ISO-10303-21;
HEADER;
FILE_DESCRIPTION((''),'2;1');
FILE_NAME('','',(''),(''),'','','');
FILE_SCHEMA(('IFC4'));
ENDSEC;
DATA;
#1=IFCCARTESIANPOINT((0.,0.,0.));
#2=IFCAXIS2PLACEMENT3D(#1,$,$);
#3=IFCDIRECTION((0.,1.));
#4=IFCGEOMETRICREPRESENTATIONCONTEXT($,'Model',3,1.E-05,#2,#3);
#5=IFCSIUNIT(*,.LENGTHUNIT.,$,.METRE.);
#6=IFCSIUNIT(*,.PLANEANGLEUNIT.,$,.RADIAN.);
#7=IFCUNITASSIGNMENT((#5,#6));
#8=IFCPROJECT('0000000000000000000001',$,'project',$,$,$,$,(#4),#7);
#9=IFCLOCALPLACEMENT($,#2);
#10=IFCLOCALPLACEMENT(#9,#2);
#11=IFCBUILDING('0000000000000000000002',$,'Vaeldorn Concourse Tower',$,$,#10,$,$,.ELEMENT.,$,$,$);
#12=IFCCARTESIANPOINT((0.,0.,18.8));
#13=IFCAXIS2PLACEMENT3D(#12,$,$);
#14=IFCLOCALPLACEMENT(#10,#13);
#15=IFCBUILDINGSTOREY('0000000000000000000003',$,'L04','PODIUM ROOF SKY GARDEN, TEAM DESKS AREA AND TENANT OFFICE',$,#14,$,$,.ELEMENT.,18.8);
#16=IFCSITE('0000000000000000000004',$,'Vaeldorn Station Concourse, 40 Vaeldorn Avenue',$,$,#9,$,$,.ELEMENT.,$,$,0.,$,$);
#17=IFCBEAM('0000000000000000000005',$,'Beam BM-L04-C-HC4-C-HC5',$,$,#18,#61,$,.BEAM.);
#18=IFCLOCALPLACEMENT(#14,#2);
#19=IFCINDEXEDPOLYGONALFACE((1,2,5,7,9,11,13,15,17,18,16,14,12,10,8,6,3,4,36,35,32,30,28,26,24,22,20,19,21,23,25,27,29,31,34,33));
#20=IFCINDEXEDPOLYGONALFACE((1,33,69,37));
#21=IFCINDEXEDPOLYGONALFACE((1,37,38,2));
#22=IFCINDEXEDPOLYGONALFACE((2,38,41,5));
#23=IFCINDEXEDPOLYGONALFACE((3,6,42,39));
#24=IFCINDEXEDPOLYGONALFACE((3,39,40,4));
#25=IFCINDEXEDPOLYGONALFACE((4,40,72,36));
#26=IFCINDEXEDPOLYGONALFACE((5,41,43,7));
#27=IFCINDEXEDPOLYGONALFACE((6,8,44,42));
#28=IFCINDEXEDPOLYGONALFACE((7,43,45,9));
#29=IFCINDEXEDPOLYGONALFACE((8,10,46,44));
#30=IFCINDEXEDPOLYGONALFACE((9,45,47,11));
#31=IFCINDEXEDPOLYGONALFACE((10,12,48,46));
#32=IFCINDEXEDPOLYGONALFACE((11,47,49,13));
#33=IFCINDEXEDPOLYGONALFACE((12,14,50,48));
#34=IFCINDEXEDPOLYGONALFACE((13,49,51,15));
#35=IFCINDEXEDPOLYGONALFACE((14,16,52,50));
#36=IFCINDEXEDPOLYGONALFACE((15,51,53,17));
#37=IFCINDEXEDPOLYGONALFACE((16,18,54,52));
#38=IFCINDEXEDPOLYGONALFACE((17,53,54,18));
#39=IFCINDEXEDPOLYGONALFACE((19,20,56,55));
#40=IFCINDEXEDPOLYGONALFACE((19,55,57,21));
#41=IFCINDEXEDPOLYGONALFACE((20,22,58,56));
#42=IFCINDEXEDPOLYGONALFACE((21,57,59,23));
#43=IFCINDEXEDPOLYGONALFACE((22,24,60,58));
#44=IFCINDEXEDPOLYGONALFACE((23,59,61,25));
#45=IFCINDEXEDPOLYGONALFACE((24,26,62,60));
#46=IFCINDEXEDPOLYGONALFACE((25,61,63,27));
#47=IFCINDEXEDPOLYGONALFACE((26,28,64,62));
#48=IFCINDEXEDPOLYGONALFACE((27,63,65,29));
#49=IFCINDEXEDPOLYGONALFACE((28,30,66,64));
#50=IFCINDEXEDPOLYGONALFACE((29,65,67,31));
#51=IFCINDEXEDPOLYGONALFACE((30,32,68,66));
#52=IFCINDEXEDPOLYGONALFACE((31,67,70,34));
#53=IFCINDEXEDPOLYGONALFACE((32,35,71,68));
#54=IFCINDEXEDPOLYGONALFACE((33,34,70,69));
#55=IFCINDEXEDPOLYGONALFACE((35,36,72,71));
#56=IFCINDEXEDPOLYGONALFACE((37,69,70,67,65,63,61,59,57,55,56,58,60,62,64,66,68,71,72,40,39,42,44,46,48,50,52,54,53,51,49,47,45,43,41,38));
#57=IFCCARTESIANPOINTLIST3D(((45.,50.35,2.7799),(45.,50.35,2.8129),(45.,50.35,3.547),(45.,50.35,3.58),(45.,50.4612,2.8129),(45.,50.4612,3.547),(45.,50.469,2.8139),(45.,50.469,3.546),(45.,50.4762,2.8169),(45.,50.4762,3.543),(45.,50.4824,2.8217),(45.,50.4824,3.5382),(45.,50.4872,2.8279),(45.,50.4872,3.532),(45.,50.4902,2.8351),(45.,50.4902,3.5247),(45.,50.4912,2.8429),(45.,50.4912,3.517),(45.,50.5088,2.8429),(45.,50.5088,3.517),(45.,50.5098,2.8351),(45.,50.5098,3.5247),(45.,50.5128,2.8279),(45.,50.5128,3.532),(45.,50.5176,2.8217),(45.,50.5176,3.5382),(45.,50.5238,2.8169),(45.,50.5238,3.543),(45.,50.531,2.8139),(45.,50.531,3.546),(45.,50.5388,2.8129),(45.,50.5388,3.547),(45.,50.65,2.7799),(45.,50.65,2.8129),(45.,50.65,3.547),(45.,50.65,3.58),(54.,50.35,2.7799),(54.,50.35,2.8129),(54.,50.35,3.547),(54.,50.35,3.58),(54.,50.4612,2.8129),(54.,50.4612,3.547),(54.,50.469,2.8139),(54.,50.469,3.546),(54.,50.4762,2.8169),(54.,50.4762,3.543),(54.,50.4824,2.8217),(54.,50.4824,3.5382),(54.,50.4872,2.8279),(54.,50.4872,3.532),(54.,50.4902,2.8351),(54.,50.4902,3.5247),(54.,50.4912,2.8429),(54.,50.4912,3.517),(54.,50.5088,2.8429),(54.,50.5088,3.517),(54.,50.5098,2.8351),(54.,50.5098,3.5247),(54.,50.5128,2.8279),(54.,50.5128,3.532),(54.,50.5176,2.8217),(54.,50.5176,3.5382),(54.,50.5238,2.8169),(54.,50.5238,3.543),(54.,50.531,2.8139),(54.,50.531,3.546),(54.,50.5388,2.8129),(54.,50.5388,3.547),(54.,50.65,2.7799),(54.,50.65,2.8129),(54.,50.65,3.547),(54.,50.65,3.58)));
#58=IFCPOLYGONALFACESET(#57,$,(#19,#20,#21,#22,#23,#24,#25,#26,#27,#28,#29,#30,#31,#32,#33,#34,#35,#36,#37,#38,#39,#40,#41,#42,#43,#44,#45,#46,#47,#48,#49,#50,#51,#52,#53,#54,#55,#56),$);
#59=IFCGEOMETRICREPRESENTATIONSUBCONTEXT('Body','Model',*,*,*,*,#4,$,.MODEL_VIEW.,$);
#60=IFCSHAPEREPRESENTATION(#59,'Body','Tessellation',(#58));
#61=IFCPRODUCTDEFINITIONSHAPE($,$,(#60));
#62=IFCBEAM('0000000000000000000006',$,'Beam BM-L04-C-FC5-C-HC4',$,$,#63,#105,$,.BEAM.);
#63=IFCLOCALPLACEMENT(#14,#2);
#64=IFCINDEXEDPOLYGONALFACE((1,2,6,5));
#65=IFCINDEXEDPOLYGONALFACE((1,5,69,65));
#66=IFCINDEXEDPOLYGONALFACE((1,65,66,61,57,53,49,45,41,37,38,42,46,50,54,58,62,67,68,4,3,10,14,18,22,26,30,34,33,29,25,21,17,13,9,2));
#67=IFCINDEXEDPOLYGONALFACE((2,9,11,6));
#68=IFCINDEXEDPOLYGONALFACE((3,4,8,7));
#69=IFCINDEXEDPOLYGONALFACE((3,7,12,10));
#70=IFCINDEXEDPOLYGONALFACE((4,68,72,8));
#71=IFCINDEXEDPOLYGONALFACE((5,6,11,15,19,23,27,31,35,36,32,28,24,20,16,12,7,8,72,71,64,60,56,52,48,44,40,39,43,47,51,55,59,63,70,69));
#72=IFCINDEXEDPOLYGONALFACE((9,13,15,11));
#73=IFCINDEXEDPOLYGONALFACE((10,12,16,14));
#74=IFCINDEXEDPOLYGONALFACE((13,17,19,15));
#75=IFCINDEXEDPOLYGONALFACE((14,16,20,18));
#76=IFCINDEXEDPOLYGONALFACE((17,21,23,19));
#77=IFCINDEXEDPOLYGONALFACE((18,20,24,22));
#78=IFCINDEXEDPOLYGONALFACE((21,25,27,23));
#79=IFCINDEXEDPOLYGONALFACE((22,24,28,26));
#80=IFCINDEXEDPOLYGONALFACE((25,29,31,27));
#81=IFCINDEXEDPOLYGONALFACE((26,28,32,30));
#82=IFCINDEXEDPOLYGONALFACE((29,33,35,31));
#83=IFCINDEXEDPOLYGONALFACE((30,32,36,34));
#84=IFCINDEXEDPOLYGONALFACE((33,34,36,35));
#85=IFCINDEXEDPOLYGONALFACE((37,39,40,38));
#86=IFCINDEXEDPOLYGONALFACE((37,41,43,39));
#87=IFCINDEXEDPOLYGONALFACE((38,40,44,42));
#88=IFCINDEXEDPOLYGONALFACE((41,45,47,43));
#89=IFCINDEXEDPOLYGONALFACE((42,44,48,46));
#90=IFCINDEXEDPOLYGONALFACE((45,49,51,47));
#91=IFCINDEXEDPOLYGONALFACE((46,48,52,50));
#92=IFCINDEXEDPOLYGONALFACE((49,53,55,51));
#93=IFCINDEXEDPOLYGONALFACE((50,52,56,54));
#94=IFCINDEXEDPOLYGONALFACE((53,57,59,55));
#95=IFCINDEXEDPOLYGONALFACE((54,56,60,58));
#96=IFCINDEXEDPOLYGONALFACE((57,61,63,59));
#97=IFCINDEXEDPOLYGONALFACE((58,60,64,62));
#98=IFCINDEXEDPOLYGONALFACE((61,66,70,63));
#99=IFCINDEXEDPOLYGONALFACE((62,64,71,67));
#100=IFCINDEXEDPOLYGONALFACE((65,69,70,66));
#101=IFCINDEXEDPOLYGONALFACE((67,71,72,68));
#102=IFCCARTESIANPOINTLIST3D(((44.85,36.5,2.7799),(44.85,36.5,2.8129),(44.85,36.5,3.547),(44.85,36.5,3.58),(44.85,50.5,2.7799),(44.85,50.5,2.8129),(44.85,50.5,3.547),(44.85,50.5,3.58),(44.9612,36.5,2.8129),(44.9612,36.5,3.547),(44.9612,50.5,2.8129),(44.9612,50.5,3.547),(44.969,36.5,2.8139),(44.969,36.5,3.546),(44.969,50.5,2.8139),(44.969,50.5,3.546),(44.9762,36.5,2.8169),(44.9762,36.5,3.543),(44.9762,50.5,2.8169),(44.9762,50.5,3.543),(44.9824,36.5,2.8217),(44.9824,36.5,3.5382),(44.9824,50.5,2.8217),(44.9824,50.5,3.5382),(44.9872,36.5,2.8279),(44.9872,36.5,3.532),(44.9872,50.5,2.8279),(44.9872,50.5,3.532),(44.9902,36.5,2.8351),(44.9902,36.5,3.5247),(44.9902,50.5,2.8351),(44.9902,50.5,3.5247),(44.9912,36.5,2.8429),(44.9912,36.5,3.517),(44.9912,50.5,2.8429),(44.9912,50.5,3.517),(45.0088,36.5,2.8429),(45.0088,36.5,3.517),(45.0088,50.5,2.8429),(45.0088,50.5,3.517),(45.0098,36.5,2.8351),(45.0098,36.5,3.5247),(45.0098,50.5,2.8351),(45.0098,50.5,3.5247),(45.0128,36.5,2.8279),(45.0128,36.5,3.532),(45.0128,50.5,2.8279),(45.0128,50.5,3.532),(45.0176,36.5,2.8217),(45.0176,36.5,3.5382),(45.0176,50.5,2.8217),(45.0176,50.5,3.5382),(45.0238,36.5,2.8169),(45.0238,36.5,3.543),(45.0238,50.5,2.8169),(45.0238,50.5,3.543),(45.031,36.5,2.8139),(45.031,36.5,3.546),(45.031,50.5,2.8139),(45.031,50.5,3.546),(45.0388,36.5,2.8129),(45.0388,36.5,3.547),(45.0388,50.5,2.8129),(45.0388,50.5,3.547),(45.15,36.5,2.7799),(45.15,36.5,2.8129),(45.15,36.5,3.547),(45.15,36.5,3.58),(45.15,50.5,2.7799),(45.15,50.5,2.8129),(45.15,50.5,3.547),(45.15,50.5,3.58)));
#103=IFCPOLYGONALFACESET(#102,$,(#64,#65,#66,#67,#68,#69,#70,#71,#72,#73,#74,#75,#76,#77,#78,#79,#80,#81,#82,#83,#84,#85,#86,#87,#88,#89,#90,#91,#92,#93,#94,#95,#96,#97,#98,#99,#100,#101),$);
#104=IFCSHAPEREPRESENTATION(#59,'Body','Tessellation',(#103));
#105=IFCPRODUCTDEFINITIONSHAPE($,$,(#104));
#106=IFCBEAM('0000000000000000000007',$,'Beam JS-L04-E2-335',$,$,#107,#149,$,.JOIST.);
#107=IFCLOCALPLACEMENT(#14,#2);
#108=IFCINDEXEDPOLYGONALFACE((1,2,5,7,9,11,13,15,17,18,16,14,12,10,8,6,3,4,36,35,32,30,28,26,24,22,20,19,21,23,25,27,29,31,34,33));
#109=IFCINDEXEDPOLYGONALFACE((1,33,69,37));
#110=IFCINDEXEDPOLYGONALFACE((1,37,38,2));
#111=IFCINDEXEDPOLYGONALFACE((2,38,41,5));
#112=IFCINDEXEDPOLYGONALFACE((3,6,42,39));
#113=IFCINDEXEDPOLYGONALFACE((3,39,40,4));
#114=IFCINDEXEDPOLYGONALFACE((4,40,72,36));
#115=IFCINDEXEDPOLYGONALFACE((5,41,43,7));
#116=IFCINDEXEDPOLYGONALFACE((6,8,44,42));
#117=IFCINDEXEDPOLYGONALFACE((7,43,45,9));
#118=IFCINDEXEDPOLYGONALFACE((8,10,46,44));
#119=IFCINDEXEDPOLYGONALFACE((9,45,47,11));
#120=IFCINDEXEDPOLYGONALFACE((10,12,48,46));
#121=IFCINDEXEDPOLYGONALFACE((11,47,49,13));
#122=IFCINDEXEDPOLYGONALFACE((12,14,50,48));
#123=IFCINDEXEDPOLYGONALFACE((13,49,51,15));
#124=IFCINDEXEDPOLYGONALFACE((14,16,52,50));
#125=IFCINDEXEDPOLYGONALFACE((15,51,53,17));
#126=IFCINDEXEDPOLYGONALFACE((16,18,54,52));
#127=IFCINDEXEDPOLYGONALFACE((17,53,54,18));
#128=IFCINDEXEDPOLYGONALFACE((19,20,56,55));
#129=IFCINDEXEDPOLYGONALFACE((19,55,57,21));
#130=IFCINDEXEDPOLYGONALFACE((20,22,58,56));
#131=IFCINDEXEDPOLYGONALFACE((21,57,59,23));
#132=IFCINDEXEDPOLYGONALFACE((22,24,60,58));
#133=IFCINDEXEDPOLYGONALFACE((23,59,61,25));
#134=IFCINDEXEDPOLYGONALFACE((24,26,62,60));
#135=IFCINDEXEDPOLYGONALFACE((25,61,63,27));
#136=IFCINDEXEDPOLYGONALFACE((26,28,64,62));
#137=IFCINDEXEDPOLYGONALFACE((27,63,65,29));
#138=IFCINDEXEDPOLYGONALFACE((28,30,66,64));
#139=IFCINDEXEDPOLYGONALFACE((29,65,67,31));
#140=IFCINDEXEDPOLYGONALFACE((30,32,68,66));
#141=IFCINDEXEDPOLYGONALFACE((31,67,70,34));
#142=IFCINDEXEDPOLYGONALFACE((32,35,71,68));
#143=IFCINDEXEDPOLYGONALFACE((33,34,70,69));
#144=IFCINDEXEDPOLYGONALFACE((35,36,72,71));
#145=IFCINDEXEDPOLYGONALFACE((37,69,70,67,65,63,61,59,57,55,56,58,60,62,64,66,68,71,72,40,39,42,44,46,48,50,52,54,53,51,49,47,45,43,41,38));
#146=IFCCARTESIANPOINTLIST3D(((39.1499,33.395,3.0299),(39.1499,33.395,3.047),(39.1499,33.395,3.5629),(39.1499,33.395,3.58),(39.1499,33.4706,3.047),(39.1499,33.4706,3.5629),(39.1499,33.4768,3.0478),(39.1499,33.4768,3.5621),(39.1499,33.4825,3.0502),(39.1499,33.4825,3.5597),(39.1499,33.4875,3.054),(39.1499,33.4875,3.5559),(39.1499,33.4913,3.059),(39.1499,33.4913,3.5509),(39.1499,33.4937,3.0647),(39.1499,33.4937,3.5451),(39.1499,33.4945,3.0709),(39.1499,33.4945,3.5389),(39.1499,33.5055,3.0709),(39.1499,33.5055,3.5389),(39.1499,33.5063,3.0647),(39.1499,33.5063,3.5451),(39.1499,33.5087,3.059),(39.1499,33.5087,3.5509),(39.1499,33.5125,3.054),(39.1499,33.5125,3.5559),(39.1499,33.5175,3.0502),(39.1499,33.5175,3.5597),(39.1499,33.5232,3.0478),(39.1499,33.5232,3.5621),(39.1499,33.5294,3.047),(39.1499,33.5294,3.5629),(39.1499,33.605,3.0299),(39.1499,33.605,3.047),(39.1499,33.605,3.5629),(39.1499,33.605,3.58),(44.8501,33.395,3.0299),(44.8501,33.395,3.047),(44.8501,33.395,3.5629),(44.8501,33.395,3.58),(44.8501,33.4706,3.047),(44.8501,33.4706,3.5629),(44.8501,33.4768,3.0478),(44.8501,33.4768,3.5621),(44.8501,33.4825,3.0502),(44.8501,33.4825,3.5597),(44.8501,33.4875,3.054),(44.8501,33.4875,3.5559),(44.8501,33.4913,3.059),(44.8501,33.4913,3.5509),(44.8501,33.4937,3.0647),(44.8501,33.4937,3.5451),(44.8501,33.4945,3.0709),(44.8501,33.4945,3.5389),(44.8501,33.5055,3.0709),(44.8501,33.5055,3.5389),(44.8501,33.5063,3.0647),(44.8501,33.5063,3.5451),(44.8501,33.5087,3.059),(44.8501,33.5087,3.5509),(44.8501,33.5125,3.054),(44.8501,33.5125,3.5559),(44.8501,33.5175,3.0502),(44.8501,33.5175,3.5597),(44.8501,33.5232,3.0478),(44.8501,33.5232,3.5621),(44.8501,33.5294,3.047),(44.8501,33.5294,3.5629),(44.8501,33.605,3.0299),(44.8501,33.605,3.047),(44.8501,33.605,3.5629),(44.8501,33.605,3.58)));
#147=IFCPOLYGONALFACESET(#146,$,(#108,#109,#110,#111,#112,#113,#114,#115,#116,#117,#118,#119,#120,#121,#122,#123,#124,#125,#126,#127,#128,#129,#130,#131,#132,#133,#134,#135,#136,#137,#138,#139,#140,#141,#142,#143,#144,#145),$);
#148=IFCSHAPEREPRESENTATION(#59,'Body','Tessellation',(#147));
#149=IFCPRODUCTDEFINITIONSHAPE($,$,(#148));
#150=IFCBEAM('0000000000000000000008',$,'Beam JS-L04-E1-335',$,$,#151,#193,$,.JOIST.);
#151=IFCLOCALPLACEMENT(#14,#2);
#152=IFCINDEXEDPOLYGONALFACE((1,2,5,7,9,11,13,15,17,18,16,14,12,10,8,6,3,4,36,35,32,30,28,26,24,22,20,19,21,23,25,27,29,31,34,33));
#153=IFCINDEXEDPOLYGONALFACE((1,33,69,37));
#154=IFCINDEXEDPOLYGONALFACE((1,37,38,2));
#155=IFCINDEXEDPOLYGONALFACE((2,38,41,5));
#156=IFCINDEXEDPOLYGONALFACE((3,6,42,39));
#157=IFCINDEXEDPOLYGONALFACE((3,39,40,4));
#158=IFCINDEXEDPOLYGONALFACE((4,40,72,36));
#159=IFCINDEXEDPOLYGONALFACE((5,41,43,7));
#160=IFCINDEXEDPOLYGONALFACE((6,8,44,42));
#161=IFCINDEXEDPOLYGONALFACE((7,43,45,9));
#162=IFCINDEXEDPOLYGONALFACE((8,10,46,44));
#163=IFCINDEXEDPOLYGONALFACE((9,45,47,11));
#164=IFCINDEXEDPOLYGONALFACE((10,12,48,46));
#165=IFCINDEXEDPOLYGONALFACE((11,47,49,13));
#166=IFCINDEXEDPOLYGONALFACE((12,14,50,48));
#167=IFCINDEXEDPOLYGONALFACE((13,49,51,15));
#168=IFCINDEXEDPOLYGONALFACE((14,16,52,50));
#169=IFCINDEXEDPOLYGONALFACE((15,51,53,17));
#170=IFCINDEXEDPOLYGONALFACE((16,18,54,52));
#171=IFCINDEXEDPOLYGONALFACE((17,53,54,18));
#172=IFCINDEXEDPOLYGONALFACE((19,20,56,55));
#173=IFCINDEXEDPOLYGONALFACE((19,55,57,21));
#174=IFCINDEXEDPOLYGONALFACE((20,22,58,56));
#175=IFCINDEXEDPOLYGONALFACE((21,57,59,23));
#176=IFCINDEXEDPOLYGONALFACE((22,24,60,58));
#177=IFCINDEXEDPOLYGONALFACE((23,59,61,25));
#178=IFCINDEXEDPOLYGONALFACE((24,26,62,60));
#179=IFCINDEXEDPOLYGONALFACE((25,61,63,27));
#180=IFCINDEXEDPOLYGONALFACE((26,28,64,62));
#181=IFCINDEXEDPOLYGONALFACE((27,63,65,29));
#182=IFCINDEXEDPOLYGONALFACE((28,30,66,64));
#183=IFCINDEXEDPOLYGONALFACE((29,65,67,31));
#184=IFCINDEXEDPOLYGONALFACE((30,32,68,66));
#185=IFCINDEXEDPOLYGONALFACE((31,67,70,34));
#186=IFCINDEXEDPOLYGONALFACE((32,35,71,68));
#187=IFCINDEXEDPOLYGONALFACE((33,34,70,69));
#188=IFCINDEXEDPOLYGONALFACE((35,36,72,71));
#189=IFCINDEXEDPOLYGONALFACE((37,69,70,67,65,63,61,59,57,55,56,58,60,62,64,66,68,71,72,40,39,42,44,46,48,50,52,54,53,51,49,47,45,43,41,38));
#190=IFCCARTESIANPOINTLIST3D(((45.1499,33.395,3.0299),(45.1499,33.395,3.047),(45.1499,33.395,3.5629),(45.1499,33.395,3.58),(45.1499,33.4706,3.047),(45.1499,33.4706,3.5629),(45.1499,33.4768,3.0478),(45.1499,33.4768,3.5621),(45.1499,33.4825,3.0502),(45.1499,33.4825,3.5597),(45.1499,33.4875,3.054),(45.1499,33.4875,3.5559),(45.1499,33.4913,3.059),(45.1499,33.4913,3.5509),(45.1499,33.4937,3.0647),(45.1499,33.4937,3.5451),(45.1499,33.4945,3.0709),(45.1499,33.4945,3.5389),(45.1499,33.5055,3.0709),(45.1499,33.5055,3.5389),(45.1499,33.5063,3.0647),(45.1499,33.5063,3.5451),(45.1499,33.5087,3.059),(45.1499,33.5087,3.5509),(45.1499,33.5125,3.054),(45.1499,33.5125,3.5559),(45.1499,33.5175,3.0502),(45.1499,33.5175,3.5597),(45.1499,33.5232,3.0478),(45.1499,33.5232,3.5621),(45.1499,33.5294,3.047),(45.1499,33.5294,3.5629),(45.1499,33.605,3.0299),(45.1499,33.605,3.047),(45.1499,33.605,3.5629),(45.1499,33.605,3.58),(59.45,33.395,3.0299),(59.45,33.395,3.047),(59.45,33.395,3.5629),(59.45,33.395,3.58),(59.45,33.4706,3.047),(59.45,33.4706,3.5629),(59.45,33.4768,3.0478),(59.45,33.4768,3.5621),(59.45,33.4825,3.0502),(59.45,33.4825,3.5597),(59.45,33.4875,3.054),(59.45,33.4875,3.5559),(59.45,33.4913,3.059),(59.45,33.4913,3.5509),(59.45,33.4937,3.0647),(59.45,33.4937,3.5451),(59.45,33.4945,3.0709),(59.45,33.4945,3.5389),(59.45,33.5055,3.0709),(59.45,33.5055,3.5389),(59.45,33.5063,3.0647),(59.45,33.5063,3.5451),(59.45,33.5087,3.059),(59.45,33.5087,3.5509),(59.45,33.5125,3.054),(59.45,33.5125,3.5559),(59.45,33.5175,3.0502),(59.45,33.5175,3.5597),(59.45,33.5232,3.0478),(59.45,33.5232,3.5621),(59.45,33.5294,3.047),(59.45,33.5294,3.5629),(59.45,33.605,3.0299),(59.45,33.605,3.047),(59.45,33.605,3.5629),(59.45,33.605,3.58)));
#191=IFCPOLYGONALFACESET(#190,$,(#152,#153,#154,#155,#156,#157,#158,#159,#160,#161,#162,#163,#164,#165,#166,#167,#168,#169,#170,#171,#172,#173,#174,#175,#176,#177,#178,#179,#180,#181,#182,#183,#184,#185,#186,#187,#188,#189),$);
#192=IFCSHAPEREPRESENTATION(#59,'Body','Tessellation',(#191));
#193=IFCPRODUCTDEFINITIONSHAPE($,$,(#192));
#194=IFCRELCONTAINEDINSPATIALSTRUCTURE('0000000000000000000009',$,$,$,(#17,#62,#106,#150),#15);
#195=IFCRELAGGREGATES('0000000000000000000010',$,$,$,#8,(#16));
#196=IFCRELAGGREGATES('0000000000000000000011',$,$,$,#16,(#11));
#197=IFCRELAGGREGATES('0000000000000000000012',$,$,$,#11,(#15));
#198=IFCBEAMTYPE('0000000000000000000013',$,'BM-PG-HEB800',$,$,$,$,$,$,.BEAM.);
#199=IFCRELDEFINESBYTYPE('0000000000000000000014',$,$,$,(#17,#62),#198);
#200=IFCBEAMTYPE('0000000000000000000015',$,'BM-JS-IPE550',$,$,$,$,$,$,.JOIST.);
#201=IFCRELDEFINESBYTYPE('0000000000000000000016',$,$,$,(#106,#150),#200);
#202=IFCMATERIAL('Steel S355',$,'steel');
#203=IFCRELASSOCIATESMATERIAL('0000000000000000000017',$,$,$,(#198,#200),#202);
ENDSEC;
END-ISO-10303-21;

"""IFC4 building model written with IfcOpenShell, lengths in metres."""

from ifc_helpers import new_model, si_unit, direction, frame, origin, origin_2d, place, context, subcontext, project, spatial, i_section, extrude, source, transform, mapped, material, material_profile, profile_set, type_object, element, save


model = new_model("IFC4")

# Units and contexts
model_context = context("Model", 3, precision=1e-05, world=origin(), true_north=direction((0.0, 1.0)))
body_context = subcontext(model_context, "Body", "Model", "MODEL_VIEW")
ifc_project = project(units=[si_unit("LENGTHUNIT", "METRE"), si_unit("PLANEANGLEUNIT", "RADIAN")], contexts=[model_context])

# Site, building, storey
site_placement = place(None, origin())
site = spatial("IfcSite", under=ifc_project, at=site_placement, Name="Vaeldorn Station Concourse, 40 Vaeldorn Avenue", CompositionType="ELEMENT", RefElevation=0.0)
building_placement = place(site_placement, origin())
building = spatial("IfcBuilding", under=site, at=building_placement, Name="Vaeldorn Concourse Tower", CompositionType="ELEMENT")
storey_placement = place(building_placement, frame((0.0, 0.0, 18.8)))
storey = spatial("IfcBuildingStorey", under=building, at=storey_placement, Name="L04", Description="PODIUM ROOF SKY GARDEN, TEAM DESKS AREA AND TENANT OFFICE", CompositionType="ELEMENT", Elevation=18.8)

# Beams
ifc_material_1 = material(Name="Steel S355", Category="steel")
ifc_material_profile_1 = material_profile(ifc_material_1, i_section(OverallWidth=0.3, OverallDepth=0.8, WebThickness=0.0176, FlangeThickness=0.033, FilletRadius=0.03, at=origin_2d()), Name="HEB 800")
ifc_profile_set_1 = profile_set([ifc_material_profile_1], Name="Steel S355")
beam_type_1 = type_object("IfcBeamType", Name="BM-PG-HEB800", PredefinedType="BEAM", material=ifc_profile_set_1)
shared_shape_1 = source(origin(), body_context, "Body", "SweptSolid", [
    extrude(i_section(OverallWidth=0.3, OverallDepth=0.8, WebThickness=0.0176, FlangeThickness=0.033, FilletRadius=0.03, at=origin_2d()), origin(), (0.0, 0.0, 1.0), 9.0),
])
beam_1_placement = place(storey_placement, frame((45.0, 50.5, 3.1799), z_axis=(1.0, 0.0, 0.0), x_axis=(0.0, 1.0, 0.0)))
element("IfcBeam", 1, at=beam_1_placement, inside=storey, type_object=beam_type_1, Name="Beam BM-L04-C-HC4-C-HC5", PredefinedType="BEAM", context=body_context, shape_type="MappedRepresentation", body=[
    mapped(shared_shape_1, transform((0.0, 0.0, 0.0), scale=1.0)),
])
shared_shape_2 = source(origin(), body_context, "Body", "SweptSolid", [
    extrude(i_section(OverallWidth=0.3, OverallDepth=0.8, WebThickness=0.0176, FlangeThickness=0.033, FilletRadius=0.03, at=origin_2d()), origin(), (0.0, 0.0, 1.0), 14.0),
])
beam_2_placement = place(storey_placement, frame((45.0, 36.5, 3.1799), z_axis=(0.0, 1.0, 0.0), x_axis=(-1.0, 0.0, 0.0)))
element("IfcBeam", 2, at=beam_2_placement, inside=storey, type_object=beam_type_1, Name="Beam BM-L04-C-FC5-C-HC4", PredefinedType="BEAM", context=body_context, shape_type="MappedRepresentation", body=[
    mapped(shared_shape_2, transform((0.0, 0.0, 0.0), scale=1.0)),
])
ifc_material_profile_2 = material_profile(ifc_material_1, i_section(OverallWidth=0.21, OverallDepth=0.55, WebThickness=0.011, FlangeThickness=0.0171, FilletRadius=0.0239, at=origin_2d()), Name="IPE 550")
ifc_profile_set_2 = profile_set([ifc_material_profile_2], Name="Steel S355")
beam_type_2 = type_object("IfcBeamType", Name="BM-JS-IPE550", PredefinedType="JOIST", material=ifc_profile_set_2)
shared_shape_3 = source(origin(), body_context, "Body", "SweptSolid", [
    extrude(i_section(OverallWidth=0.21, OverallDepth=0.55, WebThickness=0.011, FlangeThickness=0.0171, FilletRadius=0.0239, at=origin_2d()), origin(), (0.0, 0.0, 1.0), 5.7002),
])
beam_3_placement = place(storey_placement, frame((39.1499, 33.5, 3.3049), z_axis=(1.0, 0.0, 0.0), x_axis=(0.0, 1.0, 0.0)))
element("IfcBeam", 3, at=beam_3_placement, inside=storey, type_object=beam_type_2, Name="Beam JS-L04-E2-335", PredefinedType="JOIST", context=body_context, shape_type="MappedRepresentation", body=[
    mapped(shared_shape_3, transform((0.0, 0.0, 0.0), scale=1.0)),
])
shared_shape_4 = source(origin(), body_context, "Body", "SweptSolid", [
    extrude(i_section(OverallWidth=0.21, OverallDepth=0.55, WebThickness=0.011, FlangeThickness=0.0171, FilletRadius=0.0239, at=origin_2d()), origin(), (0.0, 0.0, 1.0), 14.3),
])
beam_4_placement = place(storey_placement, frame((45.1499, 33.5, 3.3049), z_axis=(1.0, 0.0, 0.0), x_axis=(0.0, 1.0, 0.0)))
element("IfcBeam", 4, at=beam_4_placement, inside=storey, type_object=beam_type_2, Name="Beam JS-L04-E1-335", PredefinedType="JOIST", context=body_context, shape_type="MappedRepresentation", body=[
    mapped(shared_shape_4, transform((0.0, 0.0, 0.0), scale=1.0)),
])

save(model, "model.ifc")
